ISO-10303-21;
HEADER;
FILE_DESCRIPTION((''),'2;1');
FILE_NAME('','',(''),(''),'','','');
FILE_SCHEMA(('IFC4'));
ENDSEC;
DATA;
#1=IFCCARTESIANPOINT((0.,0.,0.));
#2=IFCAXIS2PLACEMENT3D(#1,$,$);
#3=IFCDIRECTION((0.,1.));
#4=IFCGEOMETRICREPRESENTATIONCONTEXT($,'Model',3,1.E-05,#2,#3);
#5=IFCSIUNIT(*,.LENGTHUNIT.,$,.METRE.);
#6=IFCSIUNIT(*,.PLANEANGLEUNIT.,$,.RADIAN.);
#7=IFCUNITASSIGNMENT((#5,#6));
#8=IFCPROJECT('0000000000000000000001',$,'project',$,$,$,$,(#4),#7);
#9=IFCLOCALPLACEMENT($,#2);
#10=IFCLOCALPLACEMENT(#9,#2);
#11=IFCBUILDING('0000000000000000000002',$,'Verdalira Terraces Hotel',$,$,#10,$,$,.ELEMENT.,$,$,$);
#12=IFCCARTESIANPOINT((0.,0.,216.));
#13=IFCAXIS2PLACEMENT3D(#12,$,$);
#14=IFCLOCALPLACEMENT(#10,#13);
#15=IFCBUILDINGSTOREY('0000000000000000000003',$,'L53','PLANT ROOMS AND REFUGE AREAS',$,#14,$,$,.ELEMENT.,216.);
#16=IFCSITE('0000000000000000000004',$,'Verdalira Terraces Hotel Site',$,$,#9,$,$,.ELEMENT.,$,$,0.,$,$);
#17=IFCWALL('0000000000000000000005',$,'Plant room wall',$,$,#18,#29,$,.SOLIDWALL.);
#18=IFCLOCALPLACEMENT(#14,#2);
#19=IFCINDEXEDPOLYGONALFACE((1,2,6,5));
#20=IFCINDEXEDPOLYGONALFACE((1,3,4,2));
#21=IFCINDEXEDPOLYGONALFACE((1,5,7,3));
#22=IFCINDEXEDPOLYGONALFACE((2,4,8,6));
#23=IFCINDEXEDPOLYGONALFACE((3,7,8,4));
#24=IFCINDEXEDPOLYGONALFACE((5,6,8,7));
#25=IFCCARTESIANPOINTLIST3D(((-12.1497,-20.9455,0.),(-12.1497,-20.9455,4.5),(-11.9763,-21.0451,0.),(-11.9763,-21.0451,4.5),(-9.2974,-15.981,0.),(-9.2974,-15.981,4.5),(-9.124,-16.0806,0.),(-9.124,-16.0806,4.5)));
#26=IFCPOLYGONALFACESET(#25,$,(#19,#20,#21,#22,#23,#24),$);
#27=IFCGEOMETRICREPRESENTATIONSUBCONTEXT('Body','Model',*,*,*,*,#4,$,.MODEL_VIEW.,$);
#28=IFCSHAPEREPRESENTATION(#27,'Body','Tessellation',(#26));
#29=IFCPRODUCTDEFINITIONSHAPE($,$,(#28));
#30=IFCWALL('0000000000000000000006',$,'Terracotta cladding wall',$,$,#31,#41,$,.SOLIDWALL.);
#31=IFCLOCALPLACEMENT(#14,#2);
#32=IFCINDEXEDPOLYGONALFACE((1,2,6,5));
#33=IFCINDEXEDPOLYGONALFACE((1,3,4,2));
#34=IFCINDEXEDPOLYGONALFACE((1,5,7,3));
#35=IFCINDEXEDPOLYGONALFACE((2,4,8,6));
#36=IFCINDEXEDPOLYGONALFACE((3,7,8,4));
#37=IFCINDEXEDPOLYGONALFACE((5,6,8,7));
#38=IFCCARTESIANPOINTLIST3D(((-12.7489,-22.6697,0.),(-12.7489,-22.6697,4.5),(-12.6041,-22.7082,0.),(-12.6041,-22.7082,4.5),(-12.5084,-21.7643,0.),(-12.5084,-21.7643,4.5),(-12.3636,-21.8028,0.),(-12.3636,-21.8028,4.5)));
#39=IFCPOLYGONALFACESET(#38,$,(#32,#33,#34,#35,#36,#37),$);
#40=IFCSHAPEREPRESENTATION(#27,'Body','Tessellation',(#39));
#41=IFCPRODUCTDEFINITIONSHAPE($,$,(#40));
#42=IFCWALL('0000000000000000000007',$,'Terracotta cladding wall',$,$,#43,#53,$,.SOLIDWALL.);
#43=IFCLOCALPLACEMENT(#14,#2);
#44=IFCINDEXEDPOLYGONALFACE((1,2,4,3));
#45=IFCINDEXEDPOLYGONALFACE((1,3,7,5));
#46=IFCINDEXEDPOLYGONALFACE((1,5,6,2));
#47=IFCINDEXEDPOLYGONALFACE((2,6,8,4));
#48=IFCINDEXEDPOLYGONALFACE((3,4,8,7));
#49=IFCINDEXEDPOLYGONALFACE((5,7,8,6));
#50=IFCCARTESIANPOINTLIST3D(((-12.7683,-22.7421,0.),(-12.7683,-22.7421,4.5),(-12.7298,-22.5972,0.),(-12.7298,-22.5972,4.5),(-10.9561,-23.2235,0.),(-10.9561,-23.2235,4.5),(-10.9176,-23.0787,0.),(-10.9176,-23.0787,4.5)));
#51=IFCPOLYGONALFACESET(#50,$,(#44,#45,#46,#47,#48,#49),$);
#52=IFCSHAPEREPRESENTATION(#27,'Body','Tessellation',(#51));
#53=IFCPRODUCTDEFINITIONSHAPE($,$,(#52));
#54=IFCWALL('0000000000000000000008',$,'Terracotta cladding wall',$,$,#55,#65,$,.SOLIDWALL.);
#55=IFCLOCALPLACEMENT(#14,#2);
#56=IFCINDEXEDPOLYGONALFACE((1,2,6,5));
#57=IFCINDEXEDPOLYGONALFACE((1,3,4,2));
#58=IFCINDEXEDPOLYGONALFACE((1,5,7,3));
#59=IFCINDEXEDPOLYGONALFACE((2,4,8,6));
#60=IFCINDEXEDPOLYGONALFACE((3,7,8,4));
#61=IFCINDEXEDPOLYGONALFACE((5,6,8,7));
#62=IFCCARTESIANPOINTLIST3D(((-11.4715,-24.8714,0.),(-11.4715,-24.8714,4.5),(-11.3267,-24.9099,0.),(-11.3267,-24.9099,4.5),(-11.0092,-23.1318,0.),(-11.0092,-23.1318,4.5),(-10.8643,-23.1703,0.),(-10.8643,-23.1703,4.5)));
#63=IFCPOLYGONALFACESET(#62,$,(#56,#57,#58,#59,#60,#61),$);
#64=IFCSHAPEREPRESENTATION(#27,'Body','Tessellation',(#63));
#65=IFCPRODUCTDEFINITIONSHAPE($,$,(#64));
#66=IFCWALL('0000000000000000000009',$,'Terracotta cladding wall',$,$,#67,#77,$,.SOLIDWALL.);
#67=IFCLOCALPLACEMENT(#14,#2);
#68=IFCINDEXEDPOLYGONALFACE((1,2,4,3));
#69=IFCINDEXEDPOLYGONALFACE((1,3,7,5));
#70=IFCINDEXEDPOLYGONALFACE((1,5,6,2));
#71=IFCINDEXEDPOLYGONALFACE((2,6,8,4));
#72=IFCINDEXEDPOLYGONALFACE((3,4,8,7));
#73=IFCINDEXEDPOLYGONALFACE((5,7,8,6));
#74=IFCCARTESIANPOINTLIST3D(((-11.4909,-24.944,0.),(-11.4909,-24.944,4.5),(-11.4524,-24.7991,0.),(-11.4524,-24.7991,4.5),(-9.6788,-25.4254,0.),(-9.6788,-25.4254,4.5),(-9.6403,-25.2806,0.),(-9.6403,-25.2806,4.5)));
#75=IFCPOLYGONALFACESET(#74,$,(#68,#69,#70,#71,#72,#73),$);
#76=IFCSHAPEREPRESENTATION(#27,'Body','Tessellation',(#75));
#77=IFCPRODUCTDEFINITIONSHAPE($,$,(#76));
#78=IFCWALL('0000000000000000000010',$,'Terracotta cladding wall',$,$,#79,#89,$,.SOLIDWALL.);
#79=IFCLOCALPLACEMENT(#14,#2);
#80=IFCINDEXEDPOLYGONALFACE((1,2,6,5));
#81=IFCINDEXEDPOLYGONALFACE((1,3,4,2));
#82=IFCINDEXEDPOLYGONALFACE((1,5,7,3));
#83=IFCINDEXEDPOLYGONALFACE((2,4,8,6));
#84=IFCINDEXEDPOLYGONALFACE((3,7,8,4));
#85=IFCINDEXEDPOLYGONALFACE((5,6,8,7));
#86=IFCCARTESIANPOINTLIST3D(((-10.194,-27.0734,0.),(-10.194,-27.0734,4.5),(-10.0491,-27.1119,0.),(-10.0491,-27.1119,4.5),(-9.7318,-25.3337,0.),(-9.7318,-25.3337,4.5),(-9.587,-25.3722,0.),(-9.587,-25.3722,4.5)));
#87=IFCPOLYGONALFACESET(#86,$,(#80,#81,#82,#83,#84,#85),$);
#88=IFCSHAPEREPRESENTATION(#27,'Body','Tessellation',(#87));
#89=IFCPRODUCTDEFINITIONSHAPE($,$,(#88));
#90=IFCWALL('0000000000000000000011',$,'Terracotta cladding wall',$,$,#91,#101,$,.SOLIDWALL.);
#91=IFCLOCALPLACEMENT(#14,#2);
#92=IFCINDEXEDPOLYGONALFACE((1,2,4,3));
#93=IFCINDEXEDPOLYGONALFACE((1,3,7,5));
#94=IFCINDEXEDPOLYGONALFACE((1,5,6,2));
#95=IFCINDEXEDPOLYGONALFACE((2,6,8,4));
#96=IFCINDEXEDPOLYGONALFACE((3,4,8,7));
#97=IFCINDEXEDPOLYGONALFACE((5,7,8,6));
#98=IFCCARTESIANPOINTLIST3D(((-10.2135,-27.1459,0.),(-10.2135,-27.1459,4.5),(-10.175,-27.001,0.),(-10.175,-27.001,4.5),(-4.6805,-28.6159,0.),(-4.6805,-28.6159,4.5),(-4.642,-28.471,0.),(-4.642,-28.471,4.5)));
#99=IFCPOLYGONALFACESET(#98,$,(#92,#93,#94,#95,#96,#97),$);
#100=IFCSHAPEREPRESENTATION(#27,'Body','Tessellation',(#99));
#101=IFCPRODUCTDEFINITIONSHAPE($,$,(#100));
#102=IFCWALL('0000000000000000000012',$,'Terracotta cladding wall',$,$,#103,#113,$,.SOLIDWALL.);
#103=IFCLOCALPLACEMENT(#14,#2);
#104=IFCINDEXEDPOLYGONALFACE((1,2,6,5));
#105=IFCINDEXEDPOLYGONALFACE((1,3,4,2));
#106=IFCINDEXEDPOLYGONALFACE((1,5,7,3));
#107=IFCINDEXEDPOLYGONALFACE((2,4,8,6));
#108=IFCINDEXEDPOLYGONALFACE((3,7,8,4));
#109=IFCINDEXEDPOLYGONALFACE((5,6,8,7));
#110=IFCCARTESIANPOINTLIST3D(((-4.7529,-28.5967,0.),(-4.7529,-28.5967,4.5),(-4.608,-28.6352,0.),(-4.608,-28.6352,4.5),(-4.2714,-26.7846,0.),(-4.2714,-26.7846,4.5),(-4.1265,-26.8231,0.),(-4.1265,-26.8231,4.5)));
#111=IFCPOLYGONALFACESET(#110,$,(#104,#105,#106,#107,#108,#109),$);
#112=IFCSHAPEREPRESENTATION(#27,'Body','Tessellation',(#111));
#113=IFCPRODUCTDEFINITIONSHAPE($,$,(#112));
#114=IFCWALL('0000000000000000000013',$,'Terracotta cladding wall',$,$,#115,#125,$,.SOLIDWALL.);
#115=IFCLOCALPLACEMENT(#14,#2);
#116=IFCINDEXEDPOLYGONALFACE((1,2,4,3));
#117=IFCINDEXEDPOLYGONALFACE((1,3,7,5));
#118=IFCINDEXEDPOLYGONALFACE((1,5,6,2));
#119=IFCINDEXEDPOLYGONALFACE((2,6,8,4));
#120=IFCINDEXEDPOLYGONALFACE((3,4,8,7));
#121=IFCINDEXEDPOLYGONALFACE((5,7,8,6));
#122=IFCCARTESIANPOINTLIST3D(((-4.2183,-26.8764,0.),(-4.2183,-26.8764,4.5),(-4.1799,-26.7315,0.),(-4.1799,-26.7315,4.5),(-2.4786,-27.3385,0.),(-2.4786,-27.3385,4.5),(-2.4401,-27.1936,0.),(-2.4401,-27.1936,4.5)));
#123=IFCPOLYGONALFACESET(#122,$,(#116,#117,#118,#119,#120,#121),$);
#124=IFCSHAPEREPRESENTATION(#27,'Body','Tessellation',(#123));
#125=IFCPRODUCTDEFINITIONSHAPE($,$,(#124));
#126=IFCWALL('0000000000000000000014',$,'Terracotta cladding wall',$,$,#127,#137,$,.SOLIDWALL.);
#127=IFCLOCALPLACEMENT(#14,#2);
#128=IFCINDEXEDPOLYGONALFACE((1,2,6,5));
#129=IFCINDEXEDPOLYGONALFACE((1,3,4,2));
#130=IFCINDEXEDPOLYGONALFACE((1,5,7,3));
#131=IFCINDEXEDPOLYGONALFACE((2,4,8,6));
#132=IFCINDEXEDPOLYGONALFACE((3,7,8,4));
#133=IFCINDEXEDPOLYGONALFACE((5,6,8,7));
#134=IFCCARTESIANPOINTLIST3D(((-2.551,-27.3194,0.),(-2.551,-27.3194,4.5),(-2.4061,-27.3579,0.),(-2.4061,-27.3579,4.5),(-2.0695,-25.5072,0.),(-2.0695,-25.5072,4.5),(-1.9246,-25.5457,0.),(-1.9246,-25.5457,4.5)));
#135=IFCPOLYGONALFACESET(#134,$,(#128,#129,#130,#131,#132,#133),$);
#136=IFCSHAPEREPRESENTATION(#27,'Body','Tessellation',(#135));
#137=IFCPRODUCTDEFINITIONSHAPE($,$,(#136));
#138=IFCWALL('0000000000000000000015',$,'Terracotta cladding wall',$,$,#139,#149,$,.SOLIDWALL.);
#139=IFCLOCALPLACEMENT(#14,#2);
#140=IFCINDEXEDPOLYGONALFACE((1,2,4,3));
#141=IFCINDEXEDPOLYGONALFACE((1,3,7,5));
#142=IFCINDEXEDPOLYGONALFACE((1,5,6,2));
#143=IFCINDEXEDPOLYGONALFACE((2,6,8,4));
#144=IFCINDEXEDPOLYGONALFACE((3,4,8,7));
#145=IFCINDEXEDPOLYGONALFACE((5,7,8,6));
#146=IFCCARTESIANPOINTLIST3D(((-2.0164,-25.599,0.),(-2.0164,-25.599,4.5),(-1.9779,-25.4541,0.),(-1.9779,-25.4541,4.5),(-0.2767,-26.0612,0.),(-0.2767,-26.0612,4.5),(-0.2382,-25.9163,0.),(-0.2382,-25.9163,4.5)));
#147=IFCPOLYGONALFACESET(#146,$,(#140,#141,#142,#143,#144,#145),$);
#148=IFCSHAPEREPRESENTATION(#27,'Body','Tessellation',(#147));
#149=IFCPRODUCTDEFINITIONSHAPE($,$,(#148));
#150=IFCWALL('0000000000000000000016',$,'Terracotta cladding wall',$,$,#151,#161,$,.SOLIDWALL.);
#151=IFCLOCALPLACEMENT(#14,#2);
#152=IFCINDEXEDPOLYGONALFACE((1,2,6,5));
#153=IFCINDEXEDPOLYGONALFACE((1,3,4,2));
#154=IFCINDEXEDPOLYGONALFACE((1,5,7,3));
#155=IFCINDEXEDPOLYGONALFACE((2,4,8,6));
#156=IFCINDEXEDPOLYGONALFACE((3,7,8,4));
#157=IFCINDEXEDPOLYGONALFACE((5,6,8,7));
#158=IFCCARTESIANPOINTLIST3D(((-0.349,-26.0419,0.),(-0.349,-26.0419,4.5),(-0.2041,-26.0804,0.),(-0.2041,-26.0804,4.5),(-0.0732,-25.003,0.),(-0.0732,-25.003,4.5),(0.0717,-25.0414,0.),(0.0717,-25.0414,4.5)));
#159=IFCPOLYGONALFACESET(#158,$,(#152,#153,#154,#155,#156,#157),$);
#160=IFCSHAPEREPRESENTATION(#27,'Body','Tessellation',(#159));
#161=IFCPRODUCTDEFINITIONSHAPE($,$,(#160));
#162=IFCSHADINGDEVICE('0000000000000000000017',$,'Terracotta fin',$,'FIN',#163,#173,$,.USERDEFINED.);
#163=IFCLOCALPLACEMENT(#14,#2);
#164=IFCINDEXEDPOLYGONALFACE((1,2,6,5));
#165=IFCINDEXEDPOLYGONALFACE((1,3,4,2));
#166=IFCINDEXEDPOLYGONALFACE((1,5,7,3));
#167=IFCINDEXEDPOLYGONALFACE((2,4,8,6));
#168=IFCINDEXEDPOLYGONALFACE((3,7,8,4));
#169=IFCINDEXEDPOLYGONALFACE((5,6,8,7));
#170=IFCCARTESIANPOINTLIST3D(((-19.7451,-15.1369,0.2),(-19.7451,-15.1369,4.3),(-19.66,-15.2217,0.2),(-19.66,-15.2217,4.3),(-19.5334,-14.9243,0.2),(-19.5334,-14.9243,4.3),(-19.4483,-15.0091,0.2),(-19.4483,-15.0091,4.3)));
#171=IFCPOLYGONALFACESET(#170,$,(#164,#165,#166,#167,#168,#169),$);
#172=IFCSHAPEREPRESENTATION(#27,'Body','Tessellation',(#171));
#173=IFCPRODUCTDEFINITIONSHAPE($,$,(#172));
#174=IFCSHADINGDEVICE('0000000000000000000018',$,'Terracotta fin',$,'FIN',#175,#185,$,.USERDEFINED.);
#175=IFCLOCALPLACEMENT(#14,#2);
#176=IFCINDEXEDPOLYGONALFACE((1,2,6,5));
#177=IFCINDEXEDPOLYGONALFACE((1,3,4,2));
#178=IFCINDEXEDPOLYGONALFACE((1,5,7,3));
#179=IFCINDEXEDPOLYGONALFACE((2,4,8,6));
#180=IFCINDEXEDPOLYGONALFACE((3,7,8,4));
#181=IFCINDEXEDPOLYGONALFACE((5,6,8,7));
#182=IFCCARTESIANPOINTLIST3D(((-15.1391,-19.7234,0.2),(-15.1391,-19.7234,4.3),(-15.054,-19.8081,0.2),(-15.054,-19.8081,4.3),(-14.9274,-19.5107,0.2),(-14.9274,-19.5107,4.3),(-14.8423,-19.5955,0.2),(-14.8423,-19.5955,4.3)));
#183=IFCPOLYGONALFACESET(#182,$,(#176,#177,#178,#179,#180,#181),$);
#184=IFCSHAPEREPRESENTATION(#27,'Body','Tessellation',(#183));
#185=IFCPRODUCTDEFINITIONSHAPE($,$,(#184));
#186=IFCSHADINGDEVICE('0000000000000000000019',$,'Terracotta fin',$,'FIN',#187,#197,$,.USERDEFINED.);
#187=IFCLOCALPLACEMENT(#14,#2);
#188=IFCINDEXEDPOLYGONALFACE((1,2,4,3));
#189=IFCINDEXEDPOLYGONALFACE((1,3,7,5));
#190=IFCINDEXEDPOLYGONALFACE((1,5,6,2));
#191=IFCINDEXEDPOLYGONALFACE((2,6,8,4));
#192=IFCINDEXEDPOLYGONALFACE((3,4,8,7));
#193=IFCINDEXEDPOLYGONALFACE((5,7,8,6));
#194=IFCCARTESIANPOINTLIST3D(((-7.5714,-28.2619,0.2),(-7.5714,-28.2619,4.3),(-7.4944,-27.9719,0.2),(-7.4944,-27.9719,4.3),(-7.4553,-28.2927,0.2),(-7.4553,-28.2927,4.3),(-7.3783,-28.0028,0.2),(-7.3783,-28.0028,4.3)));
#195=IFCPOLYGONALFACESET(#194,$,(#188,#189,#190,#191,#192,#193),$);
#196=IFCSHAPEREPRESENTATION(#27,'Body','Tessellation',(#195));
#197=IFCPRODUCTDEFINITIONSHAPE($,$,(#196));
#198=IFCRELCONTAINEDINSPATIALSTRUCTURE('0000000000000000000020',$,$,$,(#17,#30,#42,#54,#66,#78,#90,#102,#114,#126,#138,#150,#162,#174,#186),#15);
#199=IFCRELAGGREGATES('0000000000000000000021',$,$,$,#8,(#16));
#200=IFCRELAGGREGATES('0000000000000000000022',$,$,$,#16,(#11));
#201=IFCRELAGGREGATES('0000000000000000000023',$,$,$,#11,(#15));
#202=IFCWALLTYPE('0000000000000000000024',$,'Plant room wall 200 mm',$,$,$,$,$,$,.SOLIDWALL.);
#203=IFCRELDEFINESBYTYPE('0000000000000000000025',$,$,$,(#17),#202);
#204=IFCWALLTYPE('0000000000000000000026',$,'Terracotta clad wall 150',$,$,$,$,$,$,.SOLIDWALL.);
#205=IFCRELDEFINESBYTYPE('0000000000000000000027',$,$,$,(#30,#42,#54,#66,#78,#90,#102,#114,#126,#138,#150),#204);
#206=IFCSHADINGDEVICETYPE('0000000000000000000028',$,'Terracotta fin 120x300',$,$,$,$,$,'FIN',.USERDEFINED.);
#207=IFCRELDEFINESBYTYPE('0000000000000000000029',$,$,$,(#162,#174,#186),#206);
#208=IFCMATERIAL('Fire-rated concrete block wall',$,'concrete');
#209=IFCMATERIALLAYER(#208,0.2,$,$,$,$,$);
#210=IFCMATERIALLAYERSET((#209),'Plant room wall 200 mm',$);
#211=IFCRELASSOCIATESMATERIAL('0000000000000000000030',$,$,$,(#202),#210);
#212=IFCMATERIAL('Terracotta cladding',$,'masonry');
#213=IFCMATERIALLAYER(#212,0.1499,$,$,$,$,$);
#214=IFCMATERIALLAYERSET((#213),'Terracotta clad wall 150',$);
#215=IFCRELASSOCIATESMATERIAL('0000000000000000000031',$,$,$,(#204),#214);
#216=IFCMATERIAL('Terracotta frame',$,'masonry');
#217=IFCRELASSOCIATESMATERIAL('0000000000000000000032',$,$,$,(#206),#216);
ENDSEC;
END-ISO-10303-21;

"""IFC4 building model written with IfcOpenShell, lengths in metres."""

from ifc_helpers import new_model, si_unit, direction, frame, frame_2d, origin, origin_2d, place, context, subcontext, project, spatial, rectangle, extrude, material, layer, layer_set, material_profile, profile_set, type_object, element, save


model = new_model("IFC4")

# Units and contexts
model_context = context("Model", 3, precision=1e-05, world=origin(), true_north=direction((0.0, 1.0)))
body_context = subcontext(model_context, "Body", "Model", "MODEL_VIEW")
ifc_project = project(units=[si_unit("LENGTHUNIT", "METRE"), si_unit("PLANEANGLEUNIT", "RADIAN")], contexts=[model_context])

# Site, building, storey
site_placement = place(None, origin())
site = spatial("IfcSite", under=ifc_project, at=site_placement, Name="Verdalira Terraces Hotel Site", CompositionType="ELEMENT", RefElevation=0.0)
building_placement = place(site_placement, origin())
building = spatial("IfcBuilding", under=site, at=building_placement, Name="Verdalira Terraces Hotel", CompositionType="ELEMENT")
storey_placement = place(building_placement, frame((0.0, 0.0, 216.0)))
storey = spatial("IfcBuildingStorey", under=building, at=storey_placement, Name="L53", Description="PLANT ROOMS AND REFUGE AREAS", CompositionType="ELEMENT", Elevation=216.0)

# Shared definitions
ifc_material_1 = material(Name="Fire-rated concrete block wall", Category="concrete")
ifc_layer_1 = layer(ifc_material_1, 0.2)
ifc_layer_set_1 = layer_set([ifc_layer_1], Name="Plant room wall 200 mm")
wall_type_1 = type_object("IfcWallType", Name="Plant room wall 200 mm", PredefinedType="SOLIDWALL", material=ifc_layer_set_1)

# Walls
wall_1_placement = place(storey_placement, frame((-9.2107, -16.0308, 0.0), z_axis=(0.0, 0.0, 1.0), x_axis=(-0.498163, -0.867084, 0.0)))
element("IfcWall", 1, at=wall_1_placement, inside=storey, type_object=wall_type_1, Name="Plant room wall", PredefinedType="SOLIDWALL", context=body_context, shape_type="SweptSolid", body=[
    extrude(rectangle(XDim=5.7256, YDim=0.2, at=frame_2d((2.8628, 0.0))), origin(), (0.0, 0.0, 1.0), 4.5),
])
ifc_material_2 = material(Name="Terracotta cladding", Category="masonry")
ifc_layer_2 = layer(ifc_material_2, 0.1499)
ifc_layer_set_2 = layer_set([ifc_layer_2], Name="Terracotta clad wall 150")
wall_type_2 = type_object("IfcWallType", Name="Terracotta clad wall 150", PredefinedType="SOLIDWALL", material=ifc_layer_set_2)
wall_2_placement = place(storey_placement, frame((-12.436, -21.7837, 0.0), z_axis=(0.0, 0.0, 1.0), x_axis=(-0.256738, -0.966481, 0.0)))
element("IfcWall", 2, at=wall_2_placement, inside=storey, type_object=wall_type_2, Name="Terracotta cladding wall", PredefinedType="SOLIDWALL", context=body_context, shape_type="SweptSolid", body=[
    extrude(rectangle(XDim=0.9368, YDim=0.1499, at=frame_2d((0.4683, 0.0))), origin(), (0.0, 0.0, 1.0), 4.5),
])
wall_3_placement = place(storey_placement, frame((-12.749, -22.6697, 0.0), z_axis=(0.0, 0.0, 1.0), x_axis=(0.966477, -0.256755, 0.0)))
element("IfcWall", 3, at=wall_3_placement, inside=storey, type_object=wall_type_2, Name="Terracotta cladding wall", PredefinedType="SOLIDWALL", context=body_context, shape_type="SweptSolid", body=[
    extrude(rectangle(XDim=1.875, YDim=0.1499, at=frame_2d((0.9375, 0.0))), origin(), (0.0, 0.0, 1.0), 4.5),
])
wall_4_placement = place(storey_placement, frame((-10.9368, -23.1511, 0.0), z_axis=(0.0, 0.0, 1.0), x_axis=(-0.256869, -0.966446, 0.0)))
element("IfcWall", 4, at=wall_4_placement, inside=storey, type_object=wall_type_2, Name="Terracotta cladding wall", PredefinedType="SOLIDWALL", context=body_context, shape_type="SweptSolid", body=[
    extrude(rectangle(XDim=1.8, YDim=0.1499, at=frame_2d((0.8999, 0.0))), origin(), (0.0, 0.0, 1.0), 4.5),
])
wall_5_placement = place(storey_placement, frame((-11.4717, -24.8716, 0.0), z_axis=(0.0, 0.0, 1.0), x_axis=(0.966477, -0.256755, 0.0)))
element("IfcWall", 5, at=wall_5_placement, inside=storey, type_object=wall_type_2, Name="Terracotta cladding wall", PredefinedType="SOLIDWALL", context=body_context, shape_type="SweptSolid", body=[
    extrude(rectangle(XDim=1.875, YDim=0.1499, at=frame_2d((0.9375, 0.0))), origin(), (0.0, 0.0, 1.0), 4.5),
])
wall_6_placement = place(storey_placement, frame((-9.6594, -25.353, 0.0), z_axis=(0.0, 0.0, 1.0), x_axis=(-0.256742, -0.96648, 0.0)))
element("IfcWall", 6, at=wall_6_placement, inside=storey, type_object=wall_type_2, Name="Terracotta cladding wall", PredefinedType="SOLIDWALL", context=body_context, shape_type="SweptSolid", body=[
    extrude(rectangle(XDim=1.8, YDim=0.1499, at=frame_2d((0.8999, 0.0))), origin(), (0.0, 0.0, 1.0), 4.5),
])
wall_7_placement = place(storey_placement, frame((-10.1941, -27.0735, 0.0), z_axis=(0.0, 0.0, 1.0), x_axis=(0.966473, -0.256768, 0.0)))
element("IfcWall", 7, at=wall_7_placement, inside=storey, type_object=wall_type_2, Name="Terracotta cladding wall", PredefinedType="SOLIDWALL", context=body_context, shape_type="SweptSolid", body=[
    extrude(rectangle(XDim=5.7249, YDim=0.1499, at=frame_2d((2.8623, 0.0))), origin(), (0.0, 0.0, 1.0), 4.5),
])
wall_8_placement = place(storey_placement, frame((-4.6804, -28.616, 0.0), z_axis=(0.0, 0.0, 1.0), x_axis=(0.256787, 0.966468, 0.0)))
element("IfcWall", 8, at=wall_8_placement, inside=storey, type_object=wall_type_2, Name="Terracotta cladding wall", PredefinedType="SOLIDWALL", context=body_context, shape_type="SweptSolid", body=[
    extrude(rectangle(XDim=1.875, YDim=0.1499, at=frame_2d((0.9375, 0.0))), origin(), (0.0, 0.0, 1.0), 4.5),
])
wall_9_placement = place(storey_placement, frame((-4.199, -26.804, 0.0), z_axis=(0.0, 0.0, 1.0), x_axis=(0.96648, -0.256742, 0.0)))
element("IfcWall", 9, at=wall_9_placement, inside=storey, type_object=wall_type_2, Name="Terracotta cladding wall", PredefinedType="SOLIDWALL", context=body_context, shape_type="SweptSolid", body=[
    extrude(rectangle(XDim=1.8, YDim=0.1499, at=frame_2d((0.8999, 0.0))), origin(), (0.0, 0.0, 1.0), 4.5),
])
wall_10_placement = place(storey_placement, frame((-2.4785, -27.3386, 0.0), z_axis=(0.0, 0.0, 1.0), x_axis=(0.256787, 0.966468, 0.0)))
element("IfcWall", 10, at=wall_10_placement, inside=storey, type_object=wall_type_2, Name="Terracotta cladding wall", PredefinedType="SOLIDWALL", context=body_context, shape_type="SweptSolid", body=[
    extrude(rectangle(XDim=1.875, YDim=0.1499, at=frame_2d((0.9375, 0.0))), origin(), (0.0, 0.0, 1.0), 4.5),
])
wall_11_placement = place(storey_placement, frame((-1.9971, -25.5266, 0.0), z_axis=(0.0, 0.0, 1.0), x_axis=(0.96648, -0.256742, 0.0)))
element("IfcWall", 11, at=wall_11_placement, inside=storey, type_object=wall_type_2, Name="Terracotta cladding wall", PredefinedType="SOLIDWALL", context=body_context, shape_type="SweptSolid", body=[
    extrude(rectangle(XDim=1.8, YDim=0.1499, at=frame_2d((0.8999, 0.0))), origin(), (0.0, 0.0, 1.0), 4.5),
])
wall_12_placement = place(storey_placement, frame((-0.2766, -26.0613, 0.0), z_axis=(0.0, 0.0, 1.0), x_axis=(0.256617, 0.966513, 0.0)))
element("IfcWall", 12, at=wall_12_placement, inside=storey, type_object=wall_type_2, Name="Terracotta cladding wall", PredefinedType="SOLIDWALL", context=body_context, shape_type="SweptSolid", body=[
    extrude(rectangle(XDim=1.075, YDim=0.1499, at=frame_2d((0.5376, 0.0))), origin(), (0.0, 0.0, 1.0), 4.5),
])

# Shading devices
ifc_material_3 = material(Name="Terracotta frame", Category="masonry")
ifc_material_profile_1 = material_profile(ifc_material_3, rectangle(XDim=0.1201, YDim=0.3, at=origin_2d()), Name="FIN 120x300")
ifc_profile_set_1 = profile_set([ifc_material_profile_1], Name="Terracotta frame")
shading_device_type = type_object("IfcShadingDeviceType", Name="Terracotta fin 120x300", ElementType="FIN", PredefinedType="USERDEFINED", material=ifc_profile_set_1)
for number, where, z_axis, x_axis, name in (
    (13, (-19.5967, -15.073, 0.2), (0.0, 0.0, 1.0), (0.708586, -0.705624, 0.0), "Terracotta fin"),
    (14, (-14.9907, -19.6594, 0.2), (0.0, 0.0, 1.0), (0.708586, -0.705624, 0.0), "Terracotta fin"),
    (15, (-7.4749, -28.1323, 0.2), (0.0, 0.0, 1.0), (0.966466, -0.256795, 0.0), "Terracotta fin"),
):
    element("IfcShadingDevice", number, at=place(storey_placement, frame(where, z_axis=z_axis, x_axis=x_axis)), inside=storey, type_object=shading_device_type, Name=name, ObjectType="FIN", PredefinedType="USERDEFINED", context=body_context, shape_type="SweptSolid", body=[
        extrude(rectangle(XDim=0.1201, YDim=0.3, at=origin_2d()), origin(), (0.0, 0.0, 1.0), 4.1001),
    ])

save(model, "model.ifc")
